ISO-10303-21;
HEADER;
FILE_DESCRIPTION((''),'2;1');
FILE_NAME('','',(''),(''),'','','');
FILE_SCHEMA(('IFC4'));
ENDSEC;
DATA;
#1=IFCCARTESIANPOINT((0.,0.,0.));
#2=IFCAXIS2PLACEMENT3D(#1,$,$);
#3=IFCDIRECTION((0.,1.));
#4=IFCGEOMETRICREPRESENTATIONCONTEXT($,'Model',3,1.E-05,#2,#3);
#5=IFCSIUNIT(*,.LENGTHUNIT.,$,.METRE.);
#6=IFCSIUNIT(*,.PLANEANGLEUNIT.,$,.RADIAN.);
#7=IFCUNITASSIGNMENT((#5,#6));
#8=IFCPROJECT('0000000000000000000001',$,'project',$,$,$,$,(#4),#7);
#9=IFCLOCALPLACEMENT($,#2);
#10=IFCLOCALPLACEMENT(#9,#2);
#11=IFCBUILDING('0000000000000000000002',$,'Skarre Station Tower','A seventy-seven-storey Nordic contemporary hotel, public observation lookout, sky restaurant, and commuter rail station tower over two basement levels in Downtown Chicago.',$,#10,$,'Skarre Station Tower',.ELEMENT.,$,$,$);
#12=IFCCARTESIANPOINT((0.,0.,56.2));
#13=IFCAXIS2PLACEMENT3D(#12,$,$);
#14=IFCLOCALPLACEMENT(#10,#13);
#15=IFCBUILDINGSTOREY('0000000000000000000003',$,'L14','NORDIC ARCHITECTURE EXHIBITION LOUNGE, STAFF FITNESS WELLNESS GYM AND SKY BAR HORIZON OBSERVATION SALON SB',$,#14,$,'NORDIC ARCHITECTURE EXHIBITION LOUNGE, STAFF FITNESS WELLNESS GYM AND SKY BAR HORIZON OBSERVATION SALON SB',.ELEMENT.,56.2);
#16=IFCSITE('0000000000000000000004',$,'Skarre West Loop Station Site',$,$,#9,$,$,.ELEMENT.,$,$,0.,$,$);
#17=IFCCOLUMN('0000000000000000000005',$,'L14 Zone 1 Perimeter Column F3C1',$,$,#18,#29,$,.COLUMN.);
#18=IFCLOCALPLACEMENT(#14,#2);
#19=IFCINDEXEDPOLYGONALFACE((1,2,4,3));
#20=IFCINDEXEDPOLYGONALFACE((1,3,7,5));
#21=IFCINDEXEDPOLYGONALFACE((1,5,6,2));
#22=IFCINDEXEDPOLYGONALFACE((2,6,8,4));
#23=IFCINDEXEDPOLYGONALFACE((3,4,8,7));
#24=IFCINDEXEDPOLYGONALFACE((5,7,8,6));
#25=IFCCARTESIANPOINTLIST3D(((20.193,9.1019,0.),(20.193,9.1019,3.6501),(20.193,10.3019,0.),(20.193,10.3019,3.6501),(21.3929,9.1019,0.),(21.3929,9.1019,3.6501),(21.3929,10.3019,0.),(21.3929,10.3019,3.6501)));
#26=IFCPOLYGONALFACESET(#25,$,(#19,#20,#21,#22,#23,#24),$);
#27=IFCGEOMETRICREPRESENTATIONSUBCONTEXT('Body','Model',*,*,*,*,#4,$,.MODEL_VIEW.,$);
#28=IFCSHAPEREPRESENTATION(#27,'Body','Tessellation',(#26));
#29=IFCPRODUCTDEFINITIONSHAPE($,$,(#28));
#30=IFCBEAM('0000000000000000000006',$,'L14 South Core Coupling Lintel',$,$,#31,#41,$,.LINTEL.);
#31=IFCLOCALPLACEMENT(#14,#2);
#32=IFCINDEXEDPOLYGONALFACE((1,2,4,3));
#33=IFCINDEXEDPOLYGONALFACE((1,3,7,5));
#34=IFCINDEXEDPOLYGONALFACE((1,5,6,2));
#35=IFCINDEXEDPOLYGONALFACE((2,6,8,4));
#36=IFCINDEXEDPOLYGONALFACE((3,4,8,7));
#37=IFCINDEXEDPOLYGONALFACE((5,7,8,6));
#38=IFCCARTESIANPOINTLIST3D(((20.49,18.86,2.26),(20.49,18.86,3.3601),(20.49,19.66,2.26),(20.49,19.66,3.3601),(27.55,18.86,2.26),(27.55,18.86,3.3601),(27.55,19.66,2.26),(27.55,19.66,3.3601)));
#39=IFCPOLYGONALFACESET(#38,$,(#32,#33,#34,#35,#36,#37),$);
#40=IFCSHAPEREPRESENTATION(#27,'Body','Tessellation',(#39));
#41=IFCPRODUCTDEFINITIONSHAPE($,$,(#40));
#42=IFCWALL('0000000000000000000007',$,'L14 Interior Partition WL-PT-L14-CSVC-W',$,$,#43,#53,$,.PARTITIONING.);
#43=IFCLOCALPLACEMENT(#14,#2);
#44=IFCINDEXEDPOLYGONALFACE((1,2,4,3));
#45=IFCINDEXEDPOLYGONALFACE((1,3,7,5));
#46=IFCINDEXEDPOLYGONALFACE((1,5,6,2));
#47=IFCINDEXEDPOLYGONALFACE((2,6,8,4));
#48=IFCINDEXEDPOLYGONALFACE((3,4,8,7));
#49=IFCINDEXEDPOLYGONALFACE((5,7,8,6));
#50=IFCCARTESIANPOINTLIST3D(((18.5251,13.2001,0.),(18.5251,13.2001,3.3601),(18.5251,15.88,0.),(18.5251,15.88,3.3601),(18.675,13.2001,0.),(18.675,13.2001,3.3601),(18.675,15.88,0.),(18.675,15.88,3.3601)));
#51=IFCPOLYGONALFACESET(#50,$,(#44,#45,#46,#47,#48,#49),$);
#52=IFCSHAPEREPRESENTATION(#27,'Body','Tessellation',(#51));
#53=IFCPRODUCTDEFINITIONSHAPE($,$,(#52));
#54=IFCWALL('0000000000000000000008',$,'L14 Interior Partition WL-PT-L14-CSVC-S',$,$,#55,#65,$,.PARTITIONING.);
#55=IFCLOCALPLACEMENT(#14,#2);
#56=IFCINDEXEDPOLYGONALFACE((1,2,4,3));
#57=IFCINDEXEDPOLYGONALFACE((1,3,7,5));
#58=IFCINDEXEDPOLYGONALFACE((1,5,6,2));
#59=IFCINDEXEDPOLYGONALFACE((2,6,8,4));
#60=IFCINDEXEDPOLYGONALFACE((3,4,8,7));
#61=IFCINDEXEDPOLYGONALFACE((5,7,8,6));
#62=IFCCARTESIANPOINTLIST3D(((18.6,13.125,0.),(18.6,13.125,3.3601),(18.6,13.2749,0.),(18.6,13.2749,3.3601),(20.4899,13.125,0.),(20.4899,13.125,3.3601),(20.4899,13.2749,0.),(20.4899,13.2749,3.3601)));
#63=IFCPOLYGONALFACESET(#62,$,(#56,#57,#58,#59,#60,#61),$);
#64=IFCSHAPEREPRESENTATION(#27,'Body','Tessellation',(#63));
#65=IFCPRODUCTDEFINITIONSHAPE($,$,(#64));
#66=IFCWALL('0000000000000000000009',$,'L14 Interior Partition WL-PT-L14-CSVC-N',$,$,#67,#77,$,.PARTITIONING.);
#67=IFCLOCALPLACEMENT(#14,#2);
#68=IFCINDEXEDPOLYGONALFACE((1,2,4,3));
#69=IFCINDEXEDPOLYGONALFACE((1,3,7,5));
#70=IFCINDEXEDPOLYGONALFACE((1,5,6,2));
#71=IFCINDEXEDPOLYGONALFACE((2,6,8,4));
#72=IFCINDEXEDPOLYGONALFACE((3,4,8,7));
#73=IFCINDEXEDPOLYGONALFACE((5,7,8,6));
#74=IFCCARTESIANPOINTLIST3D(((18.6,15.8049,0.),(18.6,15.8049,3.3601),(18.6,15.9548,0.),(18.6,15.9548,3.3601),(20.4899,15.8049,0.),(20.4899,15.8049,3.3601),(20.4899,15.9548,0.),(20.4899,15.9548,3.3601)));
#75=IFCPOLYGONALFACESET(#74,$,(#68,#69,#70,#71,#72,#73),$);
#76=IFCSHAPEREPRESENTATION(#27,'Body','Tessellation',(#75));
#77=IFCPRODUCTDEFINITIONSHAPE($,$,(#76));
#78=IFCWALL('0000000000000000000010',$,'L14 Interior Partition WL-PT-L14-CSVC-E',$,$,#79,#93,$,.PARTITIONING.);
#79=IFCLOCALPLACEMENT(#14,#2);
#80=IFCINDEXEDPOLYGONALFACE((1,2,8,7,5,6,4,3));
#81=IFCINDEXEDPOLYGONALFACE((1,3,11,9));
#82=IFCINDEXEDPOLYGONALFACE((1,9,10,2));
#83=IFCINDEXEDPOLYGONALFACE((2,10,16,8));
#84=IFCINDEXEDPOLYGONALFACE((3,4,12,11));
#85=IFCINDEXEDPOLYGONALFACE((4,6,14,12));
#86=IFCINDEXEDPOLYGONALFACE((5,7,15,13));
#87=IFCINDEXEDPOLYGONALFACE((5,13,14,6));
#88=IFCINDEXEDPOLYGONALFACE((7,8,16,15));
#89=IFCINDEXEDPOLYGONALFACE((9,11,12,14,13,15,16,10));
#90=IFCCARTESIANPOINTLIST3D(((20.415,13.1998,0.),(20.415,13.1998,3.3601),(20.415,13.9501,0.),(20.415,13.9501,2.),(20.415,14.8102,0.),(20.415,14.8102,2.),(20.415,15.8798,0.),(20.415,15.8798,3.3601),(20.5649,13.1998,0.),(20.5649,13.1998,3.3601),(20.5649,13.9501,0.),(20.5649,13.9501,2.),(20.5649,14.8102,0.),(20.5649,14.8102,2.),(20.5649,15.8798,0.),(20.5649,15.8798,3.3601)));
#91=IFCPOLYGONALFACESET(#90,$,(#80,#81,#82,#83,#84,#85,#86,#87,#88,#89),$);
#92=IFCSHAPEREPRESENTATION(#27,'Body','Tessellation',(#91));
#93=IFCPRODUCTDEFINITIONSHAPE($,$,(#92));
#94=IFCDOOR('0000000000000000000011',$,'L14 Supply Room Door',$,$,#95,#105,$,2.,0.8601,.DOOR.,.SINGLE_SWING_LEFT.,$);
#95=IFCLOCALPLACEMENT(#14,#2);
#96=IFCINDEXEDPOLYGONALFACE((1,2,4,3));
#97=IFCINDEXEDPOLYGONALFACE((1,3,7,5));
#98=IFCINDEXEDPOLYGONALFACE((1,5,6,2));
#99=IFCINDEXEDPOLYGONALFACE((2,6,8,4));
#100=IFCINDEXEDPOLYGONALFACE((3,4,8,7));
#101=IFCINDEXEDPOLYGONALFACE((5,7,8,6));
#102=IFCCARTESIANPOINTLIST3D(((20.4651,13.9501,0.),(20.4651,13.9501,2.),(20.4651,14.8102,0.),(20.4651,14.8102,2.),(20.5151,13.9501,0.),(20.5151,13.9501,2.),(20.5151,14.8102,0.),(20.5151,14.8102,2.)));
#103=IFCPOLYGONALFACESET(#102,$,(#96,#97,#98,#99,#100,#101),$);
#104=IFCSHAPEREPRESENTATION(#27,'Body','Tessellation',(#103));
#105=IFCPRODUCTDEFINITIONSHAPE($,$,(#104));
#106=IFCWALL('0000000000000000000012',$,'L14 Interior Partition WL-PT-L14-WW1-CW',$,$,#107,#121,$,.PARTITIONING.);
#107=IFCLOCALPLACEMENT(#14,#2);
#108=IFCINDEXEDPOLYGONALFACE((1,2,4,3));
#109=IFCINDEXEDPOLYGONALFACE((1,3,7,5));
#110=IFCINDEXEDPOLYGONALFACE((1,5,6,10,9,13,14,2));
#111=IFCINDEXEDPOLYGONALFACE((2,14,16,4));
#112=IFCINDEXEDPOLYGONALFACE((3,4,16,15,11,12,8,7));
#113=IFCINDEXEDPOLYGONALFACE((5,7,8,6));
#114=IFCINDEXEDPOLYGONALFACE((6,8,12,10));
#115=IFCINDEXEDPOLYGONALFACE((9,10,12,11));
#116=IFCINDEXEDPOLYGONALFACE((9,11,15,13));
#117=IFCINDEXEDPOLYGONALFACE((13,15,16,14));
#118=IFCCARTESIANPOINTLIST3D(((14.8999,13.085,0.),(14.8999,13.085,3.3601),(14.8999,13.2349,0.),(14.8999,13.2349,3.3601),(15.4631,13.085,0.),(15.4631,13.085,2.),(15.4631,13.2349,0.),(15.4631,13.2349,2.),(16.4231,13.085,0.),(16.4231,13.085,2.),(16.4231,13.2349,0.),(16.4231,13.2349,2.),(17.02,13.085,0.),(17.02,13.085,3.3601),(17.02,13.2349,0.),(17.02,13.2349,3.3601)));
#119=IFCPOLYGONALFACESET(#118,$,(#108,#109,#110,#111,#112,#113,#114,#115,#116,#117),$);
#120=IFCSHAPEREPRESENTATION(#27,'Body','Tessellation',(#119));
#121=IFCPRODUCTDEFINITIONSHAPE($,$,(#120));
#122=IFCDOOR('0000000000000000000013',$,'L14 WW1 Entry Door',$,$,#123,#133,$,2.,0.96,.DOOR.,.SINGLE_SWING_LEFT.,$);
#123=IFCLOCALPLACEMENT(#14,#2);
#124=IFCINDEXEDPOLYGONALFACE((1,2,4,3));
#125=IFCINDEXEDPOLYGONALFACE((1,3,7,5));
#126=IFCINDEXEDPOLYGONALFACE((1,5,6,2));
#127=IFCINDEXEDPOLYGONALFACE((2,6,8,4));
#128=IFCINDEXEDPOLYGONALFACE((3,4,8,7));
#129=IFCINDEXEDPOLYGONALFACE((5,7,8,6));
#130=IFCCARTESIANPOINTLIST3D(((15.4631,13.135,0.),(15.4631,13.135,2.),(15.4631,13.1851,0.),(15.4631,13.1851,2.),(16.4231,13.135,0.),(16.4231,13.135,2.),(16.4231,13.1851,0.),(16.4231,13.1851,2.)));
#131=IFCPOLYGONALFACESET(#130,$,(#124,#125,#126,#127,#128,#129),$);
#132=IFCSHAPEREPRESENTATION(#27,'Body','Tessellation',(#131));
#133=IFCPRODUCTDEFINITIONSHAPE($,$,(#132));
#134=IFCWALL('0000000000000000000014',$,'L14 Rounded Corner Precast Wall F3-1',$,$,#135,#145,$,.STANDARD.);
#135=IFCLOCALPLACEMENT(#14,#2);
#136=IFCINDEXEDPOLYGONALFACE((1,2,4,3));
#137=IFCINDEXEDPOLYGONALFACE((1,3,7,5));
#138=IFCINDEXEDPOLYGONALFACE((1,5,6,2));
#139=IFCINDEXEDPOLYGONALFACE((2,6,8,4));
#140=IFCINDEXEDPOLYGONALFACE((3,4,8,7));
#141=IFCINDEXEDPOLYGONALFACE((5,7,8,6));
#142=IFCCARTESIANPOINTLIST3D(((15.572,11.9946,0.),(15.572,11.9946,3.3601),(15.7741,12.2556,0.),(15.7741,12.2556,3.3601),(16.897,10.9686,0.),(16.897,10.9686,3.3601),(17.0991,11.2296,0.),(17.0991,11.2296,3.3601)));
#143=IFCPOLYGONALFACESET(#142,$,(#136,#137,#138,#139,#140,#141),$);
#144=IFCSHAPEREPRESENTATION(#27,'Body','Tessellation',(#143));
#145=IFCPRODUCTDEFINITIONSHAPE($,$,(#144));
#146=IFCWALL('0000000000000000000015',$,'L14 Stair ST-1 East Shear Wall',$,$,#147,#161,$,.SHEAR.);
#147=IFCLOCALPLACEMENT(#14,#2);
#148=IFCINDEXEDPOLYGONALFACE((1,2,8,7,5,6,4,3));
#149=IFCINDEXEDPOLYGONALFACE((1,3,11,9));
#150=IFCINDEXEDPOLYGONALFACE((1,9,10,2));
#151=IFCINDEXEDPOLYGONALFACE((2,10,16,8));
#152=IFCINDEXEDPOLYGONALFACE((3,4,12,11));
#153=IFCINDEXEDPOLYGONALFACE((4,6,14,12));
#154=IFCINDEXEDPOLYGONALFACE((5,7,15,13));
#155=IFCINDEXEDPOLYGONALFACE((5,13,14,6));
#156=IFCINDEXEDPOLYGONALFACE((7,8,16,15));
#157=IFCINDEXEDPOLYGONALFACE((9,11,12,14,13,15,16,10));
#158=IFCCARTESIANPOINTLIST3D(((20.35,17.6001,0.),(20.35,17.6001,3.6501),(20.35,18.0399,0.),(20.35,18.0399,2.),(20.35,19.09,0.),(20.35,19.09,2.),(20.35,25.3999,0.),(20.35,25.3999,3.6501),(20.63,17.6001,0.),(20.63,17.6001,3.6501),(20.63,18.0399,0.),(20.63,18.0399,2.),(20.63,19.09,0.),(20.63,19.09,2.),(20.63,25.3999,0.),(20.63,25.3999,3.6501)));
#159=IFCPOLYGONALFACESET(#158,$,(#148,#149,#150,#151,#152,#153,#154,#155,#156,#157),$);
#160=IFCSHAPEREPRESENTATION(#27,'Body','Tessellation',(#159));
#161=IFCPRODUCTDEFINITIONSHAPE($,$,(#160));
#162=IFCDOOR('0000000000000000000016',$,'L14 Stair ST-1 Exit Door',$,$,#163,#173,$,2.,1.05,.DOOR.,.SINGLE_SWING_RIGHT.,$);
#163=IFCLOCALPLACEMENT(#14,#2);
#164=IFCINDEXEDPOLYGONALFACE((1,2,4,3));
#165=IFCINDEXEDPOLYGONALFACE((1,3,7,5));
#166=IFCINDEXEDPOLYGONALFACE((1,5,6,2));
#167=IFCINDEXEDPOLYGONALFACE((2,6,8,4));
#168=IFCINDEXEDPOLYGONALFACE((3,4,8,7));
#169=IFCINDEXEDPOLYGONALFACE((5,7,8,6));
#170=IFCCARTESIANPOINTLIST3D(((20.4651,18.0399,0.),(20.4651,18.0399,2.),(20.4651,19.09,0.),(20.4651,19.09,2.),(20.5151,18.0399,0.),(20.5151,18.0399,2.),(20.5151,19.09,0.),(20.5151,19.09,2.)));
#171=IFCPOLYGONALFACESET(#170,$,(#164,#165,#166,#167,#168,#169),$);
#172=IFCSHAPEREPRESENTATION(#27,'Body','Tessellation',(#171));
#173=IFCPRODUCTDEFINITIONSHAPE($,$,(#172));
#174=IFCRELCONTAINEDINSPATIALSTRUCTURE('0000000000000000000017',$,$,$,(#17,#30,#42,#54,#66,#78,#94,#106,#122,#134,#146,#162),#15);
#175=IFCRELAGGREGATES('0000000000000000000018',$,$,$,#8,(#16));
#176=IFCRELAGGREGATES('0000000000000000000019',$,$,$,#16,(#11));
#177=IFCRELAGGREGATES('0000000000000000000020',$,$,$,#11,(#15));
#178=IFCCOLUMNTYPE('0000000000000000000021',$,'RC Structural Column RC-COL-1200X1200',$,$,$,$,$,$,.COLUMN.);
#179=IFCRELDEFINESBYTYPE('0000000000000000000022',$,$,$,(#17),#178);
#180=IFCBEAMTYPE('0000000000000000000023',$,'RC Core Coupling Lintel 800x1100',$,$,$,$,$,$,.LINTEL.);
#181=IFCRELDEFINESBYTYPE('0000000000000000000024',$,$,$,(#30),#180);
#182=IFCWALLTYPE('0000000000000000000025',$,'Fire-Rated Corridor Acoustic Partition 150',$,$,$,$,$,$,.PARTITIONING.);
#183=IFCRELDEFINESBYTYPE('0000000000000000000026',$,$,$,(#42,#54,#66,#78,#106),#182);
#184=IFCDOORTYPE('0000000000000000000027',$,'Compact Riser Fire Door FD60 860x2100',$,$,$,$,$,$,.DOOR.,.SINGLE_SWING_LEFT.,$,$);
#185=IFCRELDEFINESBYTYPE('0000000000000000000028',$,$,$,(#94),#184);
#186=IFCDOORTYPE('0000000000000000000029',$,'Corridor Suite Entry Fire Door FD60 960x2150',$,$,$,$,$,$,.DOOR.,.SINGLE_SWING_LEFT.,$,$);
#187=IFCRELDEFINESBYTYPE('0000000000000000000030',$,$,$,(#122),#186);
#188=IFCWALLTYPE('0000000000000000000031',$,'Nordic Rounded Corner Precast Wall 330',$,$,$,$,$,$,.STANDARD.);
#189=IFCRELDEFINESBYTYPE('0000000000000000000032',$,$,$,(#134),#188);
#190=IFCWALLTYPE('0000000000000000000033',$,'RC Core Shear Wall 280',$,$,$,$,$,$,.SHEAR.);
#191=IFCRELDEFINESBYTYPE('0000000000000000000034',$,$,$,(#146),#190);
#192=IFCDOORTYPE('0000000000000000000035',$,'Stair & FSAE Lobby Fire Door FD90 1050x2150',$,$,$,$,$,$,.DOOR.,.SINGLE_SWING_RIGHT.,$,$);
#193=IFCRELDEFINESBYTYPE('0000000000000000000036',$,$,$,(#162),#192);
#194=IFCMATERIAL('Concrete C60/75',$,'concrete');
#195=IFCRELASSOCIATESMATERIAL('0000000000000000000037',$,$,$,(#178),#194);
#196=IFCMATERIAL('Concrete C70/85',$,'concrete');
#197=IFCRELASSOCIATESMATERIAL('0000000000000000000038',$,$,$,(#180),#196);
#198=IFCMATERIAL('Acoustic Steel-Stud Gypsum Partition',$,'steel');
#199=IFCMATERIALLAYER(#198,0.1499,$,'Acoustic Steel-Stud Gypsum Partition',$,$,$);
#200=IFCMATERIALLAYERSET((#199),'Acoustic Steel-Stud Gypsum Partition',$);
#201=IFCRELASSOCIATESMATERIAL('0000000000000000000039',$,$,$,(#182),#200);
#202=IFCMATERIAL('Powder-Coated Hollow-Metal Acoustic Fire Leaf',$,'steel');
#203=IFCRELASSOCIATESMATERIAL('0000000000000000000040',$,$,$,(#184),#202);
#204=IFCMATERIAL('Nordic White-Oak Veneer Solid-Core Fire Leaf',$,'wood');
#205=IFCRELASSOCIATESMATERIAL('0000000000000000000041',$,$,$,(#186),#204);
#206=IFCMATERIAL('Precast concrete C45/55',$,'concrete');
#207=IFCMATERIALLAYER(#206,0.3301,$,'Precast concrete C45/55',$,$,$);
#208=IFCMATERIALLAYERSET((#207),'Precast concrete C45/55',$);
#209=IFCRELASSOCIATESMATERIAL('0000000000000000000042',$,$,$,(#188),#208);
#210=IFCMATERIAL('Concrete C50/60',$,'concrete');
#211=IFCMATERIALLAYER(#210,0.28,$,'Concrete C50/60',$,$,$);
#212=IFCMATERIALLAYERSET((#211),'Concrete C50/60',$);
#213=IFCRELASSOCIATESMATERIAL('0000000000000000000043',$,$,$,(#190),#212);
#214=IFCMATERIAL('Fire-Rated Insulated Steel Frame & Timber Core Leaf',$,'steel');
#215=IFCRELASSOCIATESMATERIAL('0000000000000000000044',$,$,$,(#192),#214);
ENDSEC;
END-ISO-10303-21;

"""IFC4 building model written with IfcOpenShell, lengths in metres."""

from ifc_helpers import new_model, si_unit, direction, frame, frame_2d, origin, origin_2d, place, context, subcontext, project, spatial, rectangle, extrude, material, layer, layer_set, material_profile, profile_set, type_object, element, fill, save


model = new_model("IFC4")

# Units and contexts
model_context = context("Model", 3, precision=1e-05, world=origin(), true_north=direction((0.0, 1.0)))
body_context = subcontext(model_context, "Body", "Model", "MODEL_VIEW")
ifc_project = project(units=[si_unit("LENGTHUNIT", "METRE"), si_unit("PLANEANGLEUNIT", "RADIAN")], contexts=[model_context])

# Site, building, storey
site_placement = place(None, origin())
site = spatial("IfcSite", under=ifc_project, at=site_placement, Name="Skarre West Loop Station Site", CompositionType="ELEMENT", RefElevation=0.0)
building_placement = place(site_placement, origin())
building = spatial("IfcBuilding", under=site, at=building_placement, Name="Skarre Station Tower", Description="A seventy-seven-storey Nordic contemporary hotel, public observation lookout, sky restaurant, and commuter rail station tower over two basement levels in Downtown Chicago.", LongName="Skarre Station Tower", CompositionType="ELEMENT")
storey_placement = place(building_placement, frame((0.0, 0.0, 56.2)))
storey = spatial("IfcBuildingStorey", under=building, at=storey_placement, Name="L14", Description="NORDIC ARCHITECTURE EXHIBITION LOUNGE, STAFF FITNESS WELLNESS GYM AND SKY BAR HORIZON OBSERVATION SALON SB", LongName="NORDIC ARCHITECTURE EXHIBITION LOUNGE, STAFF FITNESS WELLNESS GYM AND SKY BAR HORIZON OBSERVATION SALON SB", CompositionType="ELEMENT", Elevation=56.2)

# Column
ifc_material_1 = material(Name="Concrete C60/75", Category="concrete")
ifc_material_profile_1 = material_profile(ifc_material_1, rectangle(XDim=1.2, YDim=1.2, at=origin_2d()), Name="Concrete C60/75")
ifc_profile_set_1 = profile_set([ifc_material_profile_1], Name="Concrete C60/75")
column_type = type_object("IfcColumnType", Name="RC Structural Column RC-COL-1200X1200", PredefinedType="COLUMN", material=ifc_profile_set_1)
column_placement = place(storey_placement, frame((20.793, 9.7019, 0.0), z_axis=(0.0, 0.0, 1.0), x_axis=(1.0, 0.0, 0.0)))
element("IfcColumn", 1, at=column_placement, inside=storey, type_object=column_type, Name="L14 Zone 1 Perimeter Column F3C1", PredefinedType="COLUMN", context=body_context, shape_type="SweptSolid", body=[
    extrude(rectangle(XDim=1.2, YDim=1.2, at=origin_2d()), origin(), (0.0, 0.0, 1.0), 3.6501),
])

# Beam
ifc_material_2 = material(Name="Concrete C70/85", Category="concrete")
ifc_material_profile_2 = material_profile(ifc_material_2, rectangle(XDim=0.8, YDim=1.1001, at=origin_2d()), Name="Concrete C70/85")
ifc_profile_set_2 = profile_set([ifc_material_profile_2], Name="Concrete C70/85")
beam_type = type_object("IfcBeamType", Name="RC Core Coupling Lintel 800x1100", PredefinedType="LINTEL", material=ifc_profile_set_2)
beam_placement = place(storey_placement, frame((20.49, 19.26, 2.8101), z_axis=(1.0, 0.0, 0.0), x_axis=(0.0, 1.0, 0.0)))
element("IfcBeam", 2, at=beam_placement, inside=storey, type_object=beam_type, Name="L14 South Core Coupling Lintel", PredefinedType="LINTEL", context=body_context, shape_type="SweptSolid", body=[
    extrude(rectangle(XDim=0.8, YDim=1.1001, at=origin_2d()), origin(), (0.0, 0.0, 1.0), 7.0601),
])

# Walls
ifc_material_3 = material(Name="Acoustic Steel-Stud Gypsum Partition", Category="steel")
ifc_layer_1 = layer(ifc_material_3, 0.1499, Name="Acoustic Steel-Stud Gypsum Partition")
ifc_layer_set_1 = layer_set([ifc_layer_1], Name="Acoustic Steel-Stud Gypsum Partition")
wall_type_1 = type_object("IfcWallType", Name="Fire-Rated Corridor Acoustic Partition 150", PredefinedType="PARTITIONING", material=ifc_layer_set_1)
wall_1_placement = place(storey_placement, frame((18.6001, 15.8799, 0.0), z_axis=(0.0, 0.0, 1.0), x_axis=(0.0, -1.0, 0.0)))
element("IfcWall", 3, at=wall_1_placement, inside=storey, type_object=wall_type_1, Name="L14 Interior Partition WL-PT-L14-CSVC-W", PredefinedType="PARTITIONING", context=body_context, shape_type="SweptSolid", body=[
    extrude(rectangle(XDim=2.6799, YDim=0.1499, at=frame_2d((1.3398, 0.0))), origin(), (0.0, 0.0, 1.0), 3.3601),
])
for number, where, z_axis, x_axis, name in (
    (4, (18.6001, 13.2, 0.0), (0.0, 0.0, 1.0), (1.0, 0.0, 0.0), "L14 Interior Partition WL-PT-L14-CSVC-S"),
    (5, (18.6001, 15.8799, 0.0), (0.0, 0.0, 1.0), (1.0, 0.0, 0.0), "L14 Interior Partition WL-PT-L14-CSVC-N"),
):
    element("IfcWall", number, at=place(storey_placement, frame(where, z_axis=z_axis, x_axis=x_axis)), inside=storey, type_object=wall_type_1, Name=name, PredefinedType="PARTITIONING", context=body_context, shape_type="SweptSolid", body=[
        extrude(rectangle(XDim=1.8899, YDim=0.1499, at=frame_2d((0.9448, 0.0))), origin(), (0.0, 0.0, 1.0), 3.3601),
    ])

# Walls, openings, doors
wall_2_placement = place(storey_placement, frame((20.49, 13.2, 0.0), z_axis=(0.0, 0.0, 1.0), x_axis=(0.0, 1.0, 0.0)))
wall_2 = element("IfcWall", 6, at=wall_2_placement, inside=storey, type_object=wall_type_1, Name="L14 Interior Partition WL-PT-L14-CSVC-E", PredefinedType="PARTITIONING", context=body_context, shape_type="SweptSolid", body=[
    extrude(rectangle(XDim=2.6799, YDim=0.1499, at=frame_2d((1.3398, 0.0))), origin(), (0.0, 0.0, 1.0), 3.3601),
])
opening_1_placement = place(wall_2_placement, frame((0.75, 0.0, 0.0)))
opening_1 = element("IfcOpeningElement", 7, at=opening_1_placement, cuts=wall_2, PredefinedType="OPENING", context=body_context, shape_type="SweptSolid", body=[
    extrude(rectangle(XDim=0.8601, YDim=2.0, at=frame_2d((0.4302, 1.0))), frame((0.0, 0.085, 0.0), z_axis=(0.0, -1.0, 0.0), x_axis=(1.0, 0.0, 0.0)), (0.0, 0.0, 1.0), 0.1699),
])
ifc_material_4 = material(Name="Powder-Coated Hollow-Metal Acoustic Fire Leaf", Category="steel")
door_type_1 = type_object("IfcDoorType", Name="Compact Riser Fire Door FD60 860x2100", OperationType="SINGLE_SWING_LEFT", PredefinedType="DOOR", material=ifc_material_4)
door_1_placement = place(opening_1_placement, origin())
door_1 = element("IfcDoor", 8, at=door_1_placement, inside=storey, type_object=door_type_1, Name="L14 Supply Room Door", OperationType="SINGLE_SWING_LEFT", OverallHeight=2.0, OverallWidth=0.8601, PredefinedType="DOOR", context=body_context, shape_type="SweptSolid", body=[
    extrude(rectangle(XDim=0.8601, YDim=2.0, at=frame_2d((0.4302, 1.0))), frame((0.0, 0.0249, 0.0), z_axis=(0.0, -1.0, 0.0), x_axis=(1.0, 0.0, 0.0)), (0.0, 0.0, 1.0), 0.05),
])
fill(opening_1, door_1)
wall_3_placement = place(storey_placement, frame((17.02, 13.1599, 0.0), z_axis=(0.0, 0.0, 1.0), x_axis=(-1.0, 0.0, 0.0)))
wall_3 = element("IfcWall", 9, at=wall_3_placement, inside=storey, type_object=wall_type_1, Name="L14 Interior Partition WL-PT-L14-WW1-CW", PredefinedType="PARTITIONING", context=body_context, shape_type="SweptSolid", body=[
    extrude(rectangle(XDim=2.1201, YDim=0.1499, at=frame_2d((1.0601, 0.0))), origin(), (0.0, 0.0, 1.0), 3.3601),
])
opening_2_placement = place(wall_3_placement, frame((0.5969, 0.0, 0.0)))
opening_2 = element("IfcOpeningElement", 10, at=opening_2_placement, cuts=wall_3, PredefinedType="OPENING", context=body_context, shape_type="SweptSolid", body=[
    extrude(rectangle(XDim=0.96, YDim=2.0, at=frame_2d((0.48, 1.0))), frame((0.0, 0.085, 0.0), z_axis=(0.0, -1.0, 0.0), x_axis=(1.0, 0.0, 0.0)), (0.0, 0.0, 1.0), 0.1699),
])
ifc_material_5 = material(Name="Nordic White-Oak Veneer Solid-Core Fire Leaf", Category="wood")
door_type_2 = type_object("IfcDoorType", Name="Corridor Suite Entry Fire Door FD60 960x2150", OperationType="SINGLE_SWING_LEFT", PredefinedType="DOOR", material=ifc_material_5)
door_2_placement = place(opening_2_placement, origin())
door_2 = element("IfcDoor", 11, at=door_2_placement, inside=storey, type_object=door_type_2, Name="L14 WW1 Entry Door", OperationType="SINGLE_SWING_LEFT", OverallHeight=2.0, OverallWidth=0.96, PredefinedType="DOOR", context=body_context, shape_type="SweptSolid", body=[
    extrude(rectangle(XDim=0.96, YDim=2.0, at=frame_2d((0.48, 1.0))), frame((0.0, 0.0249, 0.0), z_axis=(0.0, -1.0, 0.0), x_axis=(1.0, 0.0, 0.0)), (0.0, 0.0, 1.0), 0.05),
])
fill(opening_2, door_2)

# Wall
ifc_material_6 = material(Name="Precast concrete C45/55", Category="concrete")
ifc_layer_2 = layer(ifc_material_6, 0.3301, Name="Precast concrete C45/55")
ifc_layer_set_2 = layer_set([ifc_layer_2], Name="Precast concrete C45/55")
wall_type_2 = type_object("IfcWallType", Name="Nordic Rounded Corner Precast Wall 330", PredefinedType="STANDARD", material=ifc_layer_set_2)
wall_4_placement = place(storey_placement, frame((16.998, 11.0991, 0.0), z_axis=(0.0, 0.0, 1.0), x_axis=(-0.790692, 0.612214, 0.0)))
element("IfcWall", 12, at=wall_4_placement, inside=storey, type_object=wall_type_2, Name="L14 Rounded Corner Precast Wall F3-1", PredefinedType="STANDARD", context=body_context, shape_type="SweptSolid", body=[
    extrude(rectangle(XDim=1.6758, YDim=0.3301, at=frame_2d((0.8379, 0.0))), origin(), (0.0, 0.0, 1.0), 3.3601),
])

# Wall, opening, door
ifc_material_7 = material(Name="Concrete C50/60", Category="concrete")
ifc_layer_3 = layer(ifc_material_7, 0.28, Name="Concrete C50/60")
ifc_layer_set_3 = layer_set([ifc_layer_3], Name="Concrete C50/60")
wall_type_3 = type_object("IfcWallType", Name="RC Core Shear Wall 280", PredefinedType="SHEAR", material=ifc_layer_set_3)
wall_5_placement = place(storey_placement, frame((20.49, 17.6001, 0.0), z_axis=(0.0, 0.0, 1.0), x_axis=(0.0, 1.0, 0.0)))
wall_5 = element("IfcWall", 13, at=wall_5_placement, inside=storey, type_object=wall_type_3, Name="L14 Stair ST-1 East Shear Wall", PredefinedType="SHEAR", context=body_context, shape_type="SweptSolid", body=[
    extrude(rectangle(XDim=7.7998, YDim=0.28, at=frame_2d((3.8999, 0.0))), origin(), (0.0, 0.0, 1.0), 3.6501),
])
opening_3_placement = place(wall_5_placement, frame((0.4399, 0.0, 0.0)))
opening_3 = element("IfcOpeningElement", 14, at=opening_3_placement, cuts=wall_5, PredefinedType="OPENING", context=body_context, shape_type="SweptSolid", body=[
    extrude(rectangle(XDim=1.05, YDim=2.0, at=frame_2d((0.5249, 1.0))), frame((0.0, 0.1499, 0.0), z_axis=(0.0, -1.0, 0.0), x_axis=(1.0, 0.0, 0.0)), (0.0, 0.0, 1.0), 0.3),
])
ifc_material_8 = material(Name="Fire-Rated Insulated Steel Frame & Timber Core Leaf", Category="steel")
door_type_3 = type_object("IfcDoorType", Name="Stair & FSAE Lobby Fire Door FD90 1050x2150", OperationType="SINGLE_SWING_RIGHT", PredefinedType="DOOR", material=ifc_material_8)
door_3_placement = place(opening_3_placement, origin())
door_3 = element("IfcDoor", 15, at=door_3_placement, inside=storey, type_object=door_type_3, Name="L14 Stair ST-1 Exit Door", OperationType="SINGLE_SWING_RIGHT", OverallHeight=2.0, OverallWidth=1.05, PredefinedType="DOOR", context=body_context, shape_type="SweptSolid", body=[
    extrude(rectangle(XDim=1.05, YDim=2.0, at=frame_2d((0.5249, 1.0))), frame((0.0, 0.0249, 0.0), z_axis=(0.0, -1.0, 0.0), x_axis=(1.0, 0.0, 0.0)), (0.0, 0.0, 1.0), 0.05),
])
fill(opening_3, door_3)

save(model, "model.ifc")
